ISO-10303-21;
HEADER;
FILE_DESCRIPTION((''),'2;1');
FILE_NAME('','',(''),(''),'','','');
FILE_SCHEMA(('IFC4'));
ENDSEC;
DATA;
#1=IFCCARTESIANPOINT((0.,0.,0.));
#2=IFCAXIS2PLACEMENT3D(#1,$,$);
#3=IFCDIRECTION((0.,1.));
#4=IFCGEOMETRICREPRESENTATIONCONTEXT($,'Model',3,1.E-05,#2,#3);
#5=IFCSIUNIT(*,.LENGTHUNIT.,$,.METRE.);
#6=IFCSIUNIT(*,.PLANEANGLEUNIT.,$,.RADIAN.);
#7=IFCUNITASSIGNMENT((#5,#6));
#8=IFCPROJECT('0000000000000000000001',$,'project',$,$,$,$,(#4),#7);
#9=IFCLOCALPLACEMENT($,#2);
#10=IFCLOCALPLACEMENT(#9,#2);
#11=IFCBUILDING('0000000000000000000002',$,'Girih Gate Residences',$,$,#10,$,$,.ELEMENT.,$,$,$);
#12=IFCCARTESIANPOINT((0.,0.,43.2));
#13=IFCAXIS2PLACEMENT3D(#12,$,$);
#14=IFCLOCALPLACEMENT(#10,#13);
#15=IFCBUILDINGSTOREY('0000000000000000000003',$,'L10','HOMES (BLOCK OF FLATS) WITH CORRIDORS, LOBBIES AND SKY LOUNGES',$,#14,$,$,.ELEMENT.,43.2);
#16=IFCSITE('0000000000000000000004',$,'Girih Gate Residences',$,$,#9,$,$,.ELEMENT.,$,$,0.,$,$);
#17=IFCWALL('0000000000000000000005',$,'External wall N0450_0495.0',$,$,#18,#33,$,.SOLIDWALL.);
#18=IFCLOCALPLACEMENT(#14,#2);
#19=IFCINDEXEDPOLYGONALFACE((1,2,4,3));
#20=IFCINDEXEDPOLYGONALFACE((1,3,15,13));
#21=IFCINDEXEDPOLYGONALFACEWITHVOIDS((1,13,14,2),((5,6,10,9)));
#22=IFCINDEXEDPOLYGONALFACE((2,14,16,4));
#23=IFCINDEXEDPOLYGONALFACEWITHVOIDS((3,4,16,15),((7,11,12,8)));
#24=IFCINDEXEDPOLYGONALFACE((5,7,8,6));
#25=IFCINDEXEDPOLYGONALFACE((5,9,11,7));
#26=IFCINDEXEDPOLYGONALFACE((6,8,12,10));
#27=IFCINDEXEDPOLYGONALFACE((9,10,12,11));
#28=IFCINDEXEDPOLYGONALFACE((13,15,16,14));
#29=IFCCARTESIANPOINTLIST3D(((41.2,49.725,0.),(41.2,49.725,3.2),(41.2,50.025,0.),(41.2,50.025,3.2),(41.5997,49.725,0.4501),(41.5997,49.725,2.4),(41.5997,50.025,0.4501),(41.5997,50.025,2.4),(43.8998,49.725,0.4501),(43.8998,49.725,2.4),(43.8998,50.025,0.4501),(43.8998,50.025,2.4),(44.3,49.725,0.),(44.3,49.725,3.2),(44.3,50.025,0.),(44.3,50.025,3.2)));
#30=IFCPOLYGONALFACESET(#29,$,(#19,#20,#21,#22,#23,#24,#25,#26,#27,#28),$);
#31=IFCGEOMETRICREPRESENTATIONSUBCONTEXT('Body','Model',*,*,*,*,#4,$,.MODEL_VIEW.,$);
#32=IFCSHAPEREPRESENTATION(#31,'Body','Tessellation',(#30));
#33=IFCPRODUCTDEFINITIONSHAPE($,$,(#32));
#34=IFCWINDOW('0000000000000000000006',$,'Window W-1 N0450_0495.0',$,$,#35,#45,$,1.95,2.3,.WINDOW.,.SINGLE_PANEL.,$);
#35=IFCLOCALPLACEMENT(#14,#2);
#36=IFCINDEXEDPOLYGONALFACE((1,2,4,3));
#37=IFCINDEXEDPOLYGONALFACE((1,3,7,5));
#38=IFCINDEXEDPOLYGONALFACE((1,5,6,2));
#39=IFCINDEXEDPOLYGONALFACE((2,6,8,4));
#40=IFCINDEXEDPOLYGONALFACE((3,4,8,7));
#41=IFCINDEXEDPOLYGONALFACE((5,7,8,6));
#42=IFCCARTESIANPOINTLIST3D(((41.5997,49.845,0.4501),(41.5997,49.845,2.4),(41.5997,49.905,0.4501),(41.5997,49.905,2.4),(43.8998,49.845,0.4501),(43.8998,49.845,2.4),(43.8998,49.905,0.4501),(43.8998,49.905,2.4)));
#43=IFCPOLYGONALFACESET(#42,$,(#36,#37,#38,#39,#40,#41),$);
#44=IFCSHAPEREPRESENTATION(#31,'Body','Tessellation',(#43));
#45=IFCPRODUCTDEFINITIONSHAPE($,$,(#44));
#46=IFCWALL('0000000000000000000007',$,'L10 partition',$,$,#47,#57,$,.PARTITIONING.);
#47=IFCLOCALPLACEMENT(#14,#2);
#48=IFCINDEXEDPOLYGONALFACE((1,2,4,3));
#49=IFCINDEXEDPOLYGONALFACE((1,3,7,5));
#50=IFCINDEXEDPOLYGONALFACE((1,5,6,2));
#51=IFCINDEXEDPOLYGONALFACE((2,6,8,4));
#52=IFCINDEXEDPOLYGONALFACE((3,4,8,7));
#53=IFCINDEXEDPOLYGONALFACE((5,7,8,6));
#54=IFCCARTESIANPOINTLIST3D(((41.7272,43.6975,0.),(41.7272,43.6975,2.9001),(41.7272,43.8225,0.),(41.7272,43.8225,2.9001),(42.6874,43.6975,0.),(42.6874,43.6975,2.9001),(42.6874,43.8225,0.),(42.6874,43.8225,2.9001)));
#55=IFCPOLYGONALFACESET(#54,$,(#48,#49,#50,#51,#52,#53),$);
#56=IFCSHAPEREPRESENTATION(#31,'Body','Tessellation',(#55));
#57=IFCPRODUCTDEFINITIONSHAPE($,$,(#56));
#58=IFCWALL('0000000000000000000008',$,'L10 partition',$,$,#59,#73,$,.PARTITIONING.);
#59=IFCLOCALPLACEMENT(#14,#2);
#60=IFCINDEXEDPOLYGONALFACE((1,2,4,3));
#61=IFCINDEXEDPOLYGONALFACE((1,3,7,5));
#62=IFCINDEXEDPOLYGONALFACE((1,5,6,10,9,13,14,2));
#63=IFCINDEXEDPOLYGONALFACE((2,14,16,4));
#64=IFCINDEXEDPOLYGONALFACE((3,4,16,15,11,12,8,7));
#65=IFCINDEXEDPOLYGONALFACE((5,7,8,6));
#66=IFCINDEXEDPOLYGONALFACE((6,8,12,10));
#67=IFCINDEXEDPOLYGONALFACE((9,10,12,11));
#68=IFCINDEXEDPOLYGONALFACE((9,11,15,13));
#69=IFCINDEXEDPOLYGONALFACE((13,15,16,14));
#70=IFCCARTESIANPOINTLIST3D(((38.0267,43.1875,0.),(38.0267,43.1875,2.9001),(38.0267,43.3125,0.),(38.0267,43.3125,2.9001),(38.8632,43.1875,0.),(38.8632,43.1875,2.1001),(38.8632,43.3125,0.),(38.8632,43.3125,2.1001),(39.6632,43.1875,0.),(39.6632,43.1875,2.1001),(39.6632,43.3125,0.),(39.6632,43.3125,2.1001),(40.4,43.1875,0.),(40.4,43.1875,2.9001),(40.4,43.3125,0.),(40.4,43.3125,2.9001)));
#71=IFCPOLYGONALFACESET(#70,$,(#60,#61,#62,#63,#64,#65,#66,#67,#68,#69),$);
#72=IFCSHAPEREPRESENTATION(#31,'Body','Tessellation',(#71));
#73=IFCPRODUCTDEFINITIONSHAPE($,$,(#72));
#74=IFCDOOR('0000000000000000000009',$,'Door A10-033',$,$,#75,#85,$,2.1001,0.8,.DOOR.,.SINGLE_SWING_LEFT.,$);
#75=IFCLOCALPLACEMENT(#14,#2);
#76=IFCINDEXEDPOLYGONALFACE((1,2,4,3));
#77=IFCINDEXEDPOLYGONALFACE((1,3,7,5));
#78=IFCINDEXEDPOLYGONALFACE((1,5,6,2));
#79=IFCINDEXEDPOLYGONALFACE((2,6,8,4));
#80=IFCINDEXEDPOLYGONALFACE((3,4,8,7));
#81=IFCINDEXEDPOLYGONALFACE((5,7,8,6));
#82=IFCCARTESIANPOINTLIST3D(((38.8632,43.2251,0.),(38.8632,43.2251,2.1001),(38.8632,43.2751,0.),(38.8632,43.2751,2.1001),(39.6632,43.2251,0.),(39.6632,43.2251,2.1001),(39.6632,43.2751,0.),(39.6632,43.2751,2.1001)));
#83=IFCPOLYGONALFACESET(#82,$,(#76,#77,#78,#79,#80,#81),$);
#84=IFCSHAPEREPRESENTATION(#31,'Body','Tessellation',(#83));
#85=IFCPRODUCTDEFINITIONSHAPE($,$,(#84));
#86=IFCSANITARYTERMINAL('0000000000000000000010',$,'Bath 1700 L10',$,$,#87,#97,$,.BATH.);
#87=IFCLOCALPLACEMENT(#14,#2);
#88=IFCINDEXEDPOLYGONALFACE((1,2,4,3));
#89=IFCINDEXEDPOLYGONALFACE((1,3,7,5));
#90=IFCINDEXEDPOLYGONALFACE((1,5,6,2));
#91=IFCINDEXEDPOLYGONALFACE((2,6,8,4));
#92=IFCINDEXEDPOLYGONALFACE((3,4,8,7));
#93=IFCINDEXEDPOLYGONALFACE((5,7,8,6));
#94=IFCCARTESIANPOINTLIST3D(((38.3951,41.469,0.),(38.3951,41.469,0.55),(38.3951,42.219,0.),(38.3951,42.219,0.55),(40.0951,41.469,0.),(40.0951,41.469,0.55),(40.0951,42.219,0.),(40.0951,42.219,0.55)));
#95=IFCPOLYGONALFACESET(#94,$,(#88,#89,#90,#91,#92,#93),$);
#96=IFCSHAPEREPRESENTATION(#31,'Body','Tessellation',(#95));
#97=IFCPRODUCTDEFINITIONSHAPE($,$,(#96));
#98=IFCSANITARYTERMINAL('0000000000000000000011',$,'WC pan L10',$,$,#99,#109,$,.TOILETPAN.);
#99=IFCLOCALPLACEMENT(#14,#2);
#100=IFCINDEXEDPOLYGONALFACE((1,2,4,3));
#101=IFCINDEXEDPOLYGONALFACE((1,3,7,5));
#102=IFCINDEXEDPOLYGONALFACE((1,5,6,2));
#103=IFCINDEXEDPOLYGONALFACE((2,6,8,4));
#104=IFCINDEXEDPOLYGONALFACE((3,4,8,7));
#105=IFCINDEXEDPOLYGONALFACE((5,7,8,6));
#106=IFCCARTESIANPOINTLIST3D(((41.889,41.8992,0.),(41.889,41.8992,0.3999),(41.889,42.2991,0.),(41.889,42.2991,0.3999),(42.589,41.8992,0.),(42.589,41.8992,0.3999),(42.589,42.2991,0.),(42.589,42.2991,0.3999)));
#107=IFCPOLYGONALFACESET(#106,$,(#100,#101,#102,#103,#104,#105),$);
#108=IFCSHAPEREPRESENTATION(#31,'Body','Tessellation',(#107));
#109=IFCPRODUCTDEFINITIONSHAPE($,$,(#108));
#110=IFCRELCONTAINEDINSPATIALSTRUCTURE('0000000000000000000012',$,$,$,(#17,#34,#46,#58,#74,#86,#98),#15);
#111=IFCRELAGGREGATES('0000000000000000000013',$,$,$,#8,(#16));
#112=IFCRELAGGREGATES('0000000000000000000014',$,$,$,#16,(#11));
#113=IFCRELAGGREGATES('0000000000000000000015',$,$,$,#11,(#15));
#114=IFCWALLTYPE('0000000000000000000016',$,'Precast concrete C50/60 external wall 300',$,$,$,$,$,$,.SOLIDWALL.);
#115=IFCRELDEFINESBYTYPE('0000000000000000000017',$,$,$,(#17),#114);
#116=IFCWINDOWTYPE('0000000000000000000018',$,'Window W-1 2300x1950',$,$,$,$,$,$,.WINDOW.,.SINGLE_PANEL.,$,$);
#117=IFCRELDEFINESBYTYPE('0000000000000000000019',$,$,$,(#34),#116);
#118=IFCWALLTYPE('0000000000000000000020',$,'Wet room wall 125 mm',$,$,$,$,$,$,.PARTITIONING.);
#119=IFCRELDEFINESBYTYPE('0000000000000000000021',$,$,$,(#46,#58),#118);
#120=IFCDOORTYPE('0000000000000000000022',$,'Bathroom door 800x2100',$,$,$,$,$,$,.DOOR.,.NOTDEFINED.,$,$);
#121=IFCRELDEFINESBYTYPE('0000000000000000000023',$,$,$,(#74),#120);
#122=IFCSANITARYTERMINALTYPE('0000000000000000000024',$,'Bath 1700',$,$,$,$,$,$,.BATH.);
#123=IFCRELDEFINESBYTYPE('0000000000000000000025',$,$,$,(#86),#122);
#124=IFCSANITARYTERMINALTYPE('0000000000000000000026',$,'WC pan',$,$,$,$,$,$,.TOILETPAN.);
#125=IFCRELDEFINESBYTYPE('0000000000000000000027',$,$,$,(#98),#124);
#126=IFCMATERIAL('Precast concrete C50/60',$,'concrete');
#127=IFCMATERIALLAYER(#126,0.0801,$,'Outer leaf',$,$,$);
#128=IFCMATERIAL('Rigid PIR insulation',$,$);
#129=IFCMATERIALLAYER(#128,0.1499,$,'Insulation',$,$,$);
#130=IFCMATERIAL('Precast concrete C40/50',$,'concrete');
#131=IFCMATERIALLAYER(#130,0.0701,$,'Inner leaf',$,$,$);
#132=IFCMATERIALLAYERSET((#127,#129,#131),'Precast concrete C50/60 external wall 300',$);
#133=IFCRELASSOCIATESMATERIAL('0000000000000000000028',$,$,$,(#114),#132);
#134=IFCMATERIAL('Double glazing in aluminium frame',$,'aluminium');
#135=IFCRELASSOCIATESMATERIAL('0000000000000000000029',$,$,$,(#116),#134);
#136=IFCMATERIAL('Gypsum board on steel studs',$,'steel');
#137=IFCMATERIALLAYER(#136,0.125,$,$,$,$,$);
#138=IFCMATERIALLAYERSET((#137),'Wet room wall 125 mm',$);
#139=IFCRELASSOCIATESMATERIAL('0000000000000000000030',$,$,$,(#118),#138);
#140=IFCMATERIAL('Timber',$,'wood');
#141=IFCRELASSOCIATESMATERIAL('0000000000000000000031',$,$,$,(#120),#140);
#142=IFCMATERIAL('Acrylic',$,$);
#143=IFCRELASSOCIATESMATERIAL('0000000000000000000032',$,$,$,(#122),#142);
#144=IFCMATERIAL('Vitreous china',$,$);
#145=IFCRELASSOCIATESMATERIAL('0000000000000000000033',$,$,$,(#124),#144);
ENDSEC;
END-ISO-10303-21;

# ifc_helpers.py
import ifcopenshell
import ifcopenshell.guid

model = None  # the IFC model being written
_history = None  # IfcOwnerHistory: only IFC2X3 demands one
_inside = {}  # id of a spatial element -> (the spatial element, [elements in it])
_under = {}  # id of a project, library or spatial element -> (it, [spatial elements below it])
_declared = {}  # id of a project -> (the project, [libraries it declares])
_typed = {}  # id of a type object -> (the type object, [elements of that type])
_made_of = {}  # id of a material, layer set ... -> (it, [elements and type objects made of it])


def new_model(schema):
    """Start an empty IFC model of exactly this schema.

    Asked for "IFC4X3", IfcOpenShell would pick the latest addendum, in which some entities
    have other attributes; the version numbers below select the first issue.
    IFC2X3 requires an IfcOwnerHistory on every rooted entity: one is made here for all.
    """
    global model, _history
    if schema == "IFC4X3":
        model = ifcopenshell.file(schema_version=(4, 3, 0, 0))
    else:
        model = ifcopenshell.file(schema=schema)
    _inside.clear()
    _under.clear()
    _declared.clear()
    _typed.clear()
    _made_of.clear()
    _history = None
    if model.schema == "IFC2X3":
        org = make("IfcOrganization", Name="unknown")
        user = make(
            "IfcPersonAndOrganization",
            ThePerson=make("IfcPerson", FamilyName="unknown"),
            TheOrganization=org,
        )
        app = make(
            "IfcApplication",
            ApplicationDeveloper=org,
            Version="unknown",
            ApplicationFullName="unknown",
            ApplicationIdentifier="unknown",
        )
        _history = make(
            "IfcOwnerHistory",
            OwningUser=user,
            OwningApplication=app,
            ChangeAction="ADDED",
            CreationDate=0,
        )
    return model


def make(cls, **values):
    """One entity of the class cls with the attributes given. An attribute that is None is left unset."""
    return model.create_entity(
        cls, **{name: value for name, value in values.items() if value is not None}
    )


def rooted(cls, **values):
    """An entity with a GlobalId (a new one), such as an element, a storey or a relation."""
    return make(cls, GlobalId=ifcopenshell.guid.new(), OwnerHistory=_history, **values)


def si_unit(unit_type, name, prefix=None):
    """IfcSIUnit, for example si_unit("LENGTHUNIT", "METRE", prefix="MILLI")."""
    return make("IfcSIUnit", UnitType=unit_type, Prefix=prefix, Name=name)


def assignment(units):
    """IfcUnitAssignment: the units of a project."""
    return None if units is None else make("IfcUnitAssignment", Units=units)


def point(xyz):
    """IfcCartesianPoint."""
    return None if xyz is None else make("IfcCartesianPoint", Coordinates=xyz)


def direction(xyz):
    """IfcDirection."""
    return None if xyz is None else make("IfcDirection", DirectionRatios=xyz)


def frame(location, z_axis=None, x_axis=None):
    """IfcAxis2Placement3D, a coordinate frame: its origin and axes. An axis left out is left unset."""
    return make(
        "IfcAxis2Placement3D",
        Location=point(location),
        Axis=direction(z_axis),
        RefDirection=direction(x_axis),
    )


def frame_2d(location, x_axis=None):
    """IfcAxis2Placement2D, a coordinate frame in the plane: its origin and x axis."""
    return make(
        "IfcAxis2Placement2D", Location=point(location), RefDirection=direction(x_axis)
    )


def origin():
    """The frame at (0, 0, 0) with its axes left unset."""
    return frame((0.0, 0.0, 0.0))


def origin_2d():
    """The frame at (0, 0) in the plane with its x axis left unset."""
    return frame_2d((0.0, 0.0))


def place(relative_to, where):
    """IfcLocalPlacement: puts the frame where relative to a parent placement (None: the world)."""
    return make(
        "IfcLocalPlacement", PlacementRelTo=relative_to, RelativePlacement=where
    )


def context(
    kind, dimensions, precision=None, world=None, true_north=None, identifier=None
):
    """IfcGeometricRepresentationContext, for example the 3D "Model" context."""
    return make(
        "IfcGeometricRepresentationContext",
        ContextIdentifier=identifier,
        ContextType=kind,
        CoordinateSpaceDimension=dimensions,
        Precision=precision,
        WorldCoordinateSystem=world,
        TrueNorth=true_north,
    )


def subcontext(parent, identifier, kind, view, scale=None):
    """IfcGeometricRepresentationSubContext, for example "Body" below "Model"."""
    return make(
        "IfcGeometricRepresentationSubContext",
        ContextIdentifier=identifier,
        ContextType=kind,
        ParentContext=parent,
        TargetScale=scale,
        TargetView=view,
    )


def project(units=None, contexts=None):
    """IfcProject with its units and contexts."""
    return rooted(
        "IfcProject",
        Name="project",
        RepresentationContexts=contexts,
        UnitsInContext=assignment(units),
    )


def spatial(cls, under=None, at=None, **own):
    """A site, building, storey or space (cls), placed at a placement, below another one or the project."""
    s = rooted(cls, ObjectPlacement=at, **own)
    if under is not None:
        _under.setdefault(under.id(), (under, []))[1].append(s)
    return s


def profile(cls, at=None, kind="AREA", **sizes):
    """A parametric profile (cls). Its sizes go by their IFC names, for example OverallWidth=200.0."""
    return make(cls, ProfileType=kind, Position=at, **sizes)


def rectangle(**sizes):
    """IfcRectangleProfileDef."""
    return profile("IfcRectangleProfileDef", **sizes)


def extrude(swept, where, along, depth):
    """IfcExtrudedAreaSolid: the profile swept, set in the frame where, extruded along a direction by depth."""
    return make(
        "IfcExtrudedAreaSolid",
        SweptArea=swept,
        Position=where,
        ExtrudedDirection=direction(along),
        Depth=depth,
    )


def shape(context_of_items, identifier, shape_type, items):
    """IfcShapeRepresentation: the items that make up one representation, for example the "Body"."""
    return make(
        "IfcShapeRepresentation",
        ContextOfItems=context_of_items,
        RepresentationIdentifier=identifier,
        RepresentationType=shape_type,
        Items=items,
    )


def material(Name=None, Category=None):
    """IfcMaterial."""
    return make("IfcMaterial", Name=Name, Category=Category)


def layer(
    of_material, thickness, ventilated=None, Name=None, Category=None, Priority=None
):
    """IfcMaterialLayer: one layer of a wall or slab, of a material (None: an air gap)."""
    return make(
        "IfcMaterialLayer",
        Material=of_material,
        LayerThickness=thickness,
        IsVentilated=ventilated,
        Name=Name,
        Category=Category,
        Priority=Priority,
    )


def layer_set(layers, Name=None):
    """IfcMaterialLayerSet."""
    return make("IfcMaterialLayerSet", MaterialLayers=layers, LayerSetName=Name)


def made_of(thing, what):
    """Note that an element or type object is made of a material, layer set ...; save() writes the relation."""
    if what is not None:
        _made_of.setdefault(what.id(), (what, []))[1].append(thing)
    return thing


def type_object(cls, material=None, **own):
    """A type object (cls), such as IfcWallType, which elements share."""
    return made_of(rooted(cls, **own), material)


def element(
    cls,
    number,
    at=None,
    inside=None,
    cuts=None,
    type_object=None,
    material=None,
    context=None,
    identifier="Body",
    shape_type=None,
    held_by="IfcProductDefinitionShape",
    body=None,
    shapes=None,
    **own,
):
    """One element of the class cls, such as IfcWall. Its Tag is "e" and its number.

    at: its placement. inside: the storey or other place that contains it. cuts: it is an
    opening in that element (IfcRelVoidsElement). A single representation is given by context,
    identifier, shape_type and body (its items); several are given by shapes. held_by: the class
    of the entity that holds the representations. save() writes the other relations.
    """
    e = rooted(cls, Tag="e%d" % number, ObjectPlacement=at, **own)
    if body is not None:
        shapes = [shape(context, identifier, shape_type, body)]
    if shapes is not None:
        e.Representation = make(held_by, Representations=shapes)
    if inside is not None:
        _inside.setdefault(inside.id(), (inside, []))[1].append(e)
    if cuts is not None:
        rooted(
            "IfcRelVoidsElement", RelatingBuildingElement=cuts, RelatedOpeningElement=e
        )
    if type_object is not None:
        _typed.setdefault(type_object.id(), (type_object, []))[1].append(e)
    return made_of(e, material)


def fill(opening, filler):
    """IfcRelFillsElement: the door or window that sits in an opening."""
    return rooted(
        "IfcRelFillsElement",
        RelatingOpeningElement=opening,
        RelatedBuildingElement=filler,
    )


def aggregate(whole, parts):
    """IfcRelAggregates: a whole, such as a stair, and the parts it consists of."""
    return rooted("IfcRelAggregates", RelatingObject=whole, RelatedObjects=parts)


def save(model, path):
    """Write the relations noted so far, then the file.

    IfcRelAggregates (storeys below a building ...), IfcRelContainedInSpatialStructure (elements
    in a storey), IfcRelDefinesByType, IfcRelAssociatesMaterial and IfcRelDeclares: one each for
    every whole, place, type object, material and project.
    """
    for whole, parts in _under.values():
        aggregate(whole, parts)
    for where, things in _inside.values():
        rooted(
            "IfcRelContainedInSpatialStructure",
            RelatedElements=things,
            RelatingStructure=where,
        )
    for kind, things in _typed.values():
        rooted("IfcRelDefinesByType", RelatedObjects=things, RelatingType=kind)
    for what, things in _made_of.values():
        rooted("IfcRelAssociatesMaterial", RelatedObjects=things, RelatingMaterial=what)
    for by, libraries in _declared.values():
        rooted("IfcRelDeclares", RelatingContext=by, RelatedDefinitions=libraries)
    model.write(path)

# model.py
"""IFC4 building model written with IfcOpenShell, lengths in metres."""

from ifc_helpers import new_model, si_unit, direction, frame, frame_2d, origin, origin_2d, place, context, subcontext, project, spatial, rectangle, extrude, material, layer, layer_set, type_object, element, fill, save


model = new_model("IFC4")

# Units and contexts
model_context = context("Model", 3, precision=1e-05, world=origin(), true_north=direction((0.0, 1.0)))
body_context = subcontext(model_context, "Body", "Model", "MODEL_VIEW")
ifc_project = project(units=[si_unit("LENGTHUNIT", "METRE"), si_unit("PLANEANGLEUNIT", "RADIAN")], contexts=[model_context])

# Site, building, storey
site_placement = place(None, origin())
site = spatial("IfcSite", under=ifc_project, at=site_placement, Name="Girih Gate Residences", CompositionType="ELEMENT", RefElevation=0.0)
building_placement = place(site_placement, origin())
building = spatial("IfcBuilding", under=site, at=building_placement, Name="Girih Gate Residences", CompositionType="ELEMENT")
storey_placement = place(building_placement, frame((0.0, 0.0, 43.2)))
storey = spatial("IfcBuildingStorey", under=building, at=storey_placement, Name="L10", Description="HOMES (BLOCK OF FLATS) WITH CORRIDORS, LOBBIES AND SKY LOUNGES", CompositionType="ELEMENT", Elevation=43.2)

# Shared definitions
ifc_material_1 = material(Name="Gypsum board on steel studs", Category="steel")
ifc_material_2 = material(Name="Timber", Category="wood")

# Wall, opening, window
ifc_material_3 = material(Name="Precast concrete C50/60", Category="concrete")
ifc_layer_1 = layer(ifc_material_3, 0.0801, Name="Outer leaf")
ifc_material_4 = material(Name="Rigid PIR insulation")
ifc_layer_2 = layer(ifc_material_4, 0.1499, Name="Insulation")
ifc_material_5 = material(Name="Precast concrete C40/50", Category="concrete")
ifc_layer_3 = layer(ifc_material_5, 0.0701, Name="Inner leaf")
ifc_layer_set_1 = layer_set([ifc_layer_1, ifc_layer_2, ifc_layer_3], Name="Precast concrete C50/60 external wall 300")
wall_type_1 = type_object("IfcWallType", Name="Precast concrete C50/60 external wall 300", PredefinedType="SOLIDWALL", material=ifc_layer_set_1)
wall_1_placement = place(storey_placement, frame((41.2, 49.875, 0.0), z_axis=(0.0, 0.0, 1.0), x_axis=(1.0, 0.0, 0.0)))
wall_1 = element("IfcWall", 1, at=wall_1_placement, inside=storey, type_object=wall_type_1, Name="External wall N0450_0495.0", PredefinedType="SOLIDWALL", context=body_context, shape_type="SweptSolid", body=[
    extrude(rectangle(XDim=3.1001, YDim=0.3, at=frame_2d((1.55, 0.0))), origin(), (0.0, 0.0, 1.0), 3.2),
])
opening_1_placement = place(wall_1_placement, frame((0.3999, 0.0, 0.45)))
opening_1 = element("IfcOpeningElement", 2, at=opening_1_placement, cuts=wall_1, PredefinedType="OPENING", context=body_context, shape_type="SweptSolid", body=[
    extrude(rectangle(XDim=2.3, YDim=1.95, at=frame_2d((1.1499, 0.9751))), frame((0.0, 0.1599, 0.0), z_axis=(0.0, -1.0, 0.0), x_axis=(1.0, 0.0, 0.0)), (0.0, 0.0, 1.0), 0.3201),
])
ifc_material_6 = material(Name="Double glazing in aluminium frame", Category="aluminium")
window_type = type_object("IfcWindowType", Name="Window W-1 2300x1950", PartitioningType="SINGLE_PANEL", PredefinedType="WINDOW", material=ifc_material_6)
window_placement = place(opening_1_placement, origin())
window = element("IfcWindow", 3, at=window_placement, inside=storey, type_object=window_type, Name="Window W-1 N0450_0495.0", OverallHeight=1.95, OverallWidth=2.3, PartitioningType="SINGLE_PANEL", PredefinedType="WINDOW", context=body_context, shape_type="SweptSolid", body=[
    extrude(rectangle(XDim=2.3, YDim=1.95, at=frame_2d((1.1499, 0.9751))), frame((0.0, 0.03, 0.0), z_axis=(0.0, -1.0, 0.0), x_axis=(1.0, 0.0, 0.0)), (0.0, 0.0, 1.0), 0.0601),
])
fill(opening_1, window)

# Wall
ifc_layer_4 = layer(ifc_material_1, 0.125)
ifc_layer_set_2 = layer_set([ifc_layer_4], Name="Wet room wall 125 mm")
wall_type_2 = type_object("IfcWallType", Name="Wet room wall 125 mm", PredefinedType="PARTITIONING", material=ifc_layer_set_2)
wall_2_placement = place(storey_placement, frame((41.7273, 43.76, 0.0), z_axis=(0.0, 0.0, 1.0), x_axis=(1.0, 0.0, 0.0)))
element("IfcWall", 4, at=wall_2_placement, inside=storey, type_object=wall_type_2, Name="L10 partition", PredefinedType="PARTITIONING", context=body_context, shape_type="SweptSolid", body=[
    extrude(rectangle(XDim=0.9602, YDim=0.125, at=frame_2d((0.48, 0.0))), origin(), (0.0, 0.0, 1.0), 2.9001),
])

# Wall, opening, door
wall_3_placement = place(storey_placement, frame((40.3999, 43.25, 0.0), z_axis=(0.0, 0.0, 1.0), x_axis=(-1.0, 0.0, 0.0)))
wall_3 = element("IfcWall", 5, at=wall_3_placement, inside=storey, type_object=wall_type_2, Name="L10 partition", PredefinedType="PARTITIONING", context=body_context, shape_type="SweptSolid", body=[
    extrude(rectangle(XDim=2.3733, YDim=0.125, at=frame_2d((1.1865, 0.0))), origin(), (0.0, 0.0, 1.0), 2.9001),
])
opening_2_placement = place(wall_3_placement, frame((0.7368, 0.0, 0.0)))
opening_2 = element("IfcOpeningElement", 6, at=opening_2_placement, cuts=wall_3, PredefinedType="OPENING", context=body_context, shape_type="SweptSolid", body=[
    extrude(rectangle(XDim=0.8, YDim=2.1001, at=frame_2d((0.3999, 1.05))), frame((0.0, 0.0725, 0.0), z_axis=(0.0, -1.0, 0.0), x_axis=(1.0, 0.0, 0.0)), (0.0, 0.0, 1.0), 0.145),
])
door_type_1 = type_object("IfcDoorType", Name="Bathroom door 800x2100", OperationType="NOTDEFINED", PredefinedType="DOOR", material=ifc_material_2)
door_1_placement = place(opening_2_placement, origin())
door_1 = element("IfcDoor", 7, at=door_1_placement, inside=storey, type_object=door_type_1, Name="Door A10-033", OperationType="SINGLE_SWING_LEFT", OverallHeight=2.1001, OverallWidth=0.8, PredefinedType="DOOR", context=body_context, shape_type="SweptSolid", body=[
    extrude(rectangle(XDim=0.8, YDim=2.1001, at=frame_2d((0.3999, 1.05))), frame((0.0, 0.0249, 0.0), z_axis=(0.0, -1.0, 0.0), x_axis=(1.0, 0.0, 0.0)), (0.0, 0.0, 1.0), 0.05),
])
fill(opening_2, door_1)

# Sanitary terminals
ifc_material_7 = material(Name="Acrylic")
sanitary_terminal_type_1 = type_object("IfcSanitaryTerminalType", Name="Bath 1700", PredefinedType="BATH", material=ifc_material_7)
sanitary_terminal_1_placement = place(storey_placement, frame((39.2451, 41.844, 0.0), z_axis=(0.0, 0.0, 1.0), x_axis=(1.0, 0.0, 0.0)))
element("IfcSanitaryTerminal", 8, at=sanitary_terminal_1_placement, inside=storey, type_object=sanitary_terminal_type_1, Name="Bath 1700 L10", PredefinedType="BATH", context=body_context, shape_type="SweptSolid", body=[
    extrude(rectangle(XDim=1.7, YDim=0.75, at=origin_2d()), origin(), (0.0, 0.0, 1.0), 0.55),
])
ifc_material_8 = material(Name="Vitreous china")
sanitary_terminal_type_2 = type_object("IfcSanitaryTerminalType", Name="WC pan", PredefinedType="TOILETPAN", material=ifc_material_8)
sanitary_terminal_2_placement = place(storey_placement, frame((42.239, 42.0991, 0.0), z_axis=(0.0, 0.0, 1.0), x_axis=(1.0, 0.0, 0.0)))
element("IfcSanitaryTerminal", 9, at=sanitary_terminal_2_placement, inside=storey, type_object=sanitary_terminal_type_2, Name="WC pan L10", PredefinedType="TOILETPAN", context=body_context, shape_type="SweptSolid", body=[
    extrude(rectangle(XDim=0.7, YDim=0.3999, at=origin_2d()), origin(), (0.0, 0.0, 1.0), 0.3999),
])

save(model, "model.ifc")
